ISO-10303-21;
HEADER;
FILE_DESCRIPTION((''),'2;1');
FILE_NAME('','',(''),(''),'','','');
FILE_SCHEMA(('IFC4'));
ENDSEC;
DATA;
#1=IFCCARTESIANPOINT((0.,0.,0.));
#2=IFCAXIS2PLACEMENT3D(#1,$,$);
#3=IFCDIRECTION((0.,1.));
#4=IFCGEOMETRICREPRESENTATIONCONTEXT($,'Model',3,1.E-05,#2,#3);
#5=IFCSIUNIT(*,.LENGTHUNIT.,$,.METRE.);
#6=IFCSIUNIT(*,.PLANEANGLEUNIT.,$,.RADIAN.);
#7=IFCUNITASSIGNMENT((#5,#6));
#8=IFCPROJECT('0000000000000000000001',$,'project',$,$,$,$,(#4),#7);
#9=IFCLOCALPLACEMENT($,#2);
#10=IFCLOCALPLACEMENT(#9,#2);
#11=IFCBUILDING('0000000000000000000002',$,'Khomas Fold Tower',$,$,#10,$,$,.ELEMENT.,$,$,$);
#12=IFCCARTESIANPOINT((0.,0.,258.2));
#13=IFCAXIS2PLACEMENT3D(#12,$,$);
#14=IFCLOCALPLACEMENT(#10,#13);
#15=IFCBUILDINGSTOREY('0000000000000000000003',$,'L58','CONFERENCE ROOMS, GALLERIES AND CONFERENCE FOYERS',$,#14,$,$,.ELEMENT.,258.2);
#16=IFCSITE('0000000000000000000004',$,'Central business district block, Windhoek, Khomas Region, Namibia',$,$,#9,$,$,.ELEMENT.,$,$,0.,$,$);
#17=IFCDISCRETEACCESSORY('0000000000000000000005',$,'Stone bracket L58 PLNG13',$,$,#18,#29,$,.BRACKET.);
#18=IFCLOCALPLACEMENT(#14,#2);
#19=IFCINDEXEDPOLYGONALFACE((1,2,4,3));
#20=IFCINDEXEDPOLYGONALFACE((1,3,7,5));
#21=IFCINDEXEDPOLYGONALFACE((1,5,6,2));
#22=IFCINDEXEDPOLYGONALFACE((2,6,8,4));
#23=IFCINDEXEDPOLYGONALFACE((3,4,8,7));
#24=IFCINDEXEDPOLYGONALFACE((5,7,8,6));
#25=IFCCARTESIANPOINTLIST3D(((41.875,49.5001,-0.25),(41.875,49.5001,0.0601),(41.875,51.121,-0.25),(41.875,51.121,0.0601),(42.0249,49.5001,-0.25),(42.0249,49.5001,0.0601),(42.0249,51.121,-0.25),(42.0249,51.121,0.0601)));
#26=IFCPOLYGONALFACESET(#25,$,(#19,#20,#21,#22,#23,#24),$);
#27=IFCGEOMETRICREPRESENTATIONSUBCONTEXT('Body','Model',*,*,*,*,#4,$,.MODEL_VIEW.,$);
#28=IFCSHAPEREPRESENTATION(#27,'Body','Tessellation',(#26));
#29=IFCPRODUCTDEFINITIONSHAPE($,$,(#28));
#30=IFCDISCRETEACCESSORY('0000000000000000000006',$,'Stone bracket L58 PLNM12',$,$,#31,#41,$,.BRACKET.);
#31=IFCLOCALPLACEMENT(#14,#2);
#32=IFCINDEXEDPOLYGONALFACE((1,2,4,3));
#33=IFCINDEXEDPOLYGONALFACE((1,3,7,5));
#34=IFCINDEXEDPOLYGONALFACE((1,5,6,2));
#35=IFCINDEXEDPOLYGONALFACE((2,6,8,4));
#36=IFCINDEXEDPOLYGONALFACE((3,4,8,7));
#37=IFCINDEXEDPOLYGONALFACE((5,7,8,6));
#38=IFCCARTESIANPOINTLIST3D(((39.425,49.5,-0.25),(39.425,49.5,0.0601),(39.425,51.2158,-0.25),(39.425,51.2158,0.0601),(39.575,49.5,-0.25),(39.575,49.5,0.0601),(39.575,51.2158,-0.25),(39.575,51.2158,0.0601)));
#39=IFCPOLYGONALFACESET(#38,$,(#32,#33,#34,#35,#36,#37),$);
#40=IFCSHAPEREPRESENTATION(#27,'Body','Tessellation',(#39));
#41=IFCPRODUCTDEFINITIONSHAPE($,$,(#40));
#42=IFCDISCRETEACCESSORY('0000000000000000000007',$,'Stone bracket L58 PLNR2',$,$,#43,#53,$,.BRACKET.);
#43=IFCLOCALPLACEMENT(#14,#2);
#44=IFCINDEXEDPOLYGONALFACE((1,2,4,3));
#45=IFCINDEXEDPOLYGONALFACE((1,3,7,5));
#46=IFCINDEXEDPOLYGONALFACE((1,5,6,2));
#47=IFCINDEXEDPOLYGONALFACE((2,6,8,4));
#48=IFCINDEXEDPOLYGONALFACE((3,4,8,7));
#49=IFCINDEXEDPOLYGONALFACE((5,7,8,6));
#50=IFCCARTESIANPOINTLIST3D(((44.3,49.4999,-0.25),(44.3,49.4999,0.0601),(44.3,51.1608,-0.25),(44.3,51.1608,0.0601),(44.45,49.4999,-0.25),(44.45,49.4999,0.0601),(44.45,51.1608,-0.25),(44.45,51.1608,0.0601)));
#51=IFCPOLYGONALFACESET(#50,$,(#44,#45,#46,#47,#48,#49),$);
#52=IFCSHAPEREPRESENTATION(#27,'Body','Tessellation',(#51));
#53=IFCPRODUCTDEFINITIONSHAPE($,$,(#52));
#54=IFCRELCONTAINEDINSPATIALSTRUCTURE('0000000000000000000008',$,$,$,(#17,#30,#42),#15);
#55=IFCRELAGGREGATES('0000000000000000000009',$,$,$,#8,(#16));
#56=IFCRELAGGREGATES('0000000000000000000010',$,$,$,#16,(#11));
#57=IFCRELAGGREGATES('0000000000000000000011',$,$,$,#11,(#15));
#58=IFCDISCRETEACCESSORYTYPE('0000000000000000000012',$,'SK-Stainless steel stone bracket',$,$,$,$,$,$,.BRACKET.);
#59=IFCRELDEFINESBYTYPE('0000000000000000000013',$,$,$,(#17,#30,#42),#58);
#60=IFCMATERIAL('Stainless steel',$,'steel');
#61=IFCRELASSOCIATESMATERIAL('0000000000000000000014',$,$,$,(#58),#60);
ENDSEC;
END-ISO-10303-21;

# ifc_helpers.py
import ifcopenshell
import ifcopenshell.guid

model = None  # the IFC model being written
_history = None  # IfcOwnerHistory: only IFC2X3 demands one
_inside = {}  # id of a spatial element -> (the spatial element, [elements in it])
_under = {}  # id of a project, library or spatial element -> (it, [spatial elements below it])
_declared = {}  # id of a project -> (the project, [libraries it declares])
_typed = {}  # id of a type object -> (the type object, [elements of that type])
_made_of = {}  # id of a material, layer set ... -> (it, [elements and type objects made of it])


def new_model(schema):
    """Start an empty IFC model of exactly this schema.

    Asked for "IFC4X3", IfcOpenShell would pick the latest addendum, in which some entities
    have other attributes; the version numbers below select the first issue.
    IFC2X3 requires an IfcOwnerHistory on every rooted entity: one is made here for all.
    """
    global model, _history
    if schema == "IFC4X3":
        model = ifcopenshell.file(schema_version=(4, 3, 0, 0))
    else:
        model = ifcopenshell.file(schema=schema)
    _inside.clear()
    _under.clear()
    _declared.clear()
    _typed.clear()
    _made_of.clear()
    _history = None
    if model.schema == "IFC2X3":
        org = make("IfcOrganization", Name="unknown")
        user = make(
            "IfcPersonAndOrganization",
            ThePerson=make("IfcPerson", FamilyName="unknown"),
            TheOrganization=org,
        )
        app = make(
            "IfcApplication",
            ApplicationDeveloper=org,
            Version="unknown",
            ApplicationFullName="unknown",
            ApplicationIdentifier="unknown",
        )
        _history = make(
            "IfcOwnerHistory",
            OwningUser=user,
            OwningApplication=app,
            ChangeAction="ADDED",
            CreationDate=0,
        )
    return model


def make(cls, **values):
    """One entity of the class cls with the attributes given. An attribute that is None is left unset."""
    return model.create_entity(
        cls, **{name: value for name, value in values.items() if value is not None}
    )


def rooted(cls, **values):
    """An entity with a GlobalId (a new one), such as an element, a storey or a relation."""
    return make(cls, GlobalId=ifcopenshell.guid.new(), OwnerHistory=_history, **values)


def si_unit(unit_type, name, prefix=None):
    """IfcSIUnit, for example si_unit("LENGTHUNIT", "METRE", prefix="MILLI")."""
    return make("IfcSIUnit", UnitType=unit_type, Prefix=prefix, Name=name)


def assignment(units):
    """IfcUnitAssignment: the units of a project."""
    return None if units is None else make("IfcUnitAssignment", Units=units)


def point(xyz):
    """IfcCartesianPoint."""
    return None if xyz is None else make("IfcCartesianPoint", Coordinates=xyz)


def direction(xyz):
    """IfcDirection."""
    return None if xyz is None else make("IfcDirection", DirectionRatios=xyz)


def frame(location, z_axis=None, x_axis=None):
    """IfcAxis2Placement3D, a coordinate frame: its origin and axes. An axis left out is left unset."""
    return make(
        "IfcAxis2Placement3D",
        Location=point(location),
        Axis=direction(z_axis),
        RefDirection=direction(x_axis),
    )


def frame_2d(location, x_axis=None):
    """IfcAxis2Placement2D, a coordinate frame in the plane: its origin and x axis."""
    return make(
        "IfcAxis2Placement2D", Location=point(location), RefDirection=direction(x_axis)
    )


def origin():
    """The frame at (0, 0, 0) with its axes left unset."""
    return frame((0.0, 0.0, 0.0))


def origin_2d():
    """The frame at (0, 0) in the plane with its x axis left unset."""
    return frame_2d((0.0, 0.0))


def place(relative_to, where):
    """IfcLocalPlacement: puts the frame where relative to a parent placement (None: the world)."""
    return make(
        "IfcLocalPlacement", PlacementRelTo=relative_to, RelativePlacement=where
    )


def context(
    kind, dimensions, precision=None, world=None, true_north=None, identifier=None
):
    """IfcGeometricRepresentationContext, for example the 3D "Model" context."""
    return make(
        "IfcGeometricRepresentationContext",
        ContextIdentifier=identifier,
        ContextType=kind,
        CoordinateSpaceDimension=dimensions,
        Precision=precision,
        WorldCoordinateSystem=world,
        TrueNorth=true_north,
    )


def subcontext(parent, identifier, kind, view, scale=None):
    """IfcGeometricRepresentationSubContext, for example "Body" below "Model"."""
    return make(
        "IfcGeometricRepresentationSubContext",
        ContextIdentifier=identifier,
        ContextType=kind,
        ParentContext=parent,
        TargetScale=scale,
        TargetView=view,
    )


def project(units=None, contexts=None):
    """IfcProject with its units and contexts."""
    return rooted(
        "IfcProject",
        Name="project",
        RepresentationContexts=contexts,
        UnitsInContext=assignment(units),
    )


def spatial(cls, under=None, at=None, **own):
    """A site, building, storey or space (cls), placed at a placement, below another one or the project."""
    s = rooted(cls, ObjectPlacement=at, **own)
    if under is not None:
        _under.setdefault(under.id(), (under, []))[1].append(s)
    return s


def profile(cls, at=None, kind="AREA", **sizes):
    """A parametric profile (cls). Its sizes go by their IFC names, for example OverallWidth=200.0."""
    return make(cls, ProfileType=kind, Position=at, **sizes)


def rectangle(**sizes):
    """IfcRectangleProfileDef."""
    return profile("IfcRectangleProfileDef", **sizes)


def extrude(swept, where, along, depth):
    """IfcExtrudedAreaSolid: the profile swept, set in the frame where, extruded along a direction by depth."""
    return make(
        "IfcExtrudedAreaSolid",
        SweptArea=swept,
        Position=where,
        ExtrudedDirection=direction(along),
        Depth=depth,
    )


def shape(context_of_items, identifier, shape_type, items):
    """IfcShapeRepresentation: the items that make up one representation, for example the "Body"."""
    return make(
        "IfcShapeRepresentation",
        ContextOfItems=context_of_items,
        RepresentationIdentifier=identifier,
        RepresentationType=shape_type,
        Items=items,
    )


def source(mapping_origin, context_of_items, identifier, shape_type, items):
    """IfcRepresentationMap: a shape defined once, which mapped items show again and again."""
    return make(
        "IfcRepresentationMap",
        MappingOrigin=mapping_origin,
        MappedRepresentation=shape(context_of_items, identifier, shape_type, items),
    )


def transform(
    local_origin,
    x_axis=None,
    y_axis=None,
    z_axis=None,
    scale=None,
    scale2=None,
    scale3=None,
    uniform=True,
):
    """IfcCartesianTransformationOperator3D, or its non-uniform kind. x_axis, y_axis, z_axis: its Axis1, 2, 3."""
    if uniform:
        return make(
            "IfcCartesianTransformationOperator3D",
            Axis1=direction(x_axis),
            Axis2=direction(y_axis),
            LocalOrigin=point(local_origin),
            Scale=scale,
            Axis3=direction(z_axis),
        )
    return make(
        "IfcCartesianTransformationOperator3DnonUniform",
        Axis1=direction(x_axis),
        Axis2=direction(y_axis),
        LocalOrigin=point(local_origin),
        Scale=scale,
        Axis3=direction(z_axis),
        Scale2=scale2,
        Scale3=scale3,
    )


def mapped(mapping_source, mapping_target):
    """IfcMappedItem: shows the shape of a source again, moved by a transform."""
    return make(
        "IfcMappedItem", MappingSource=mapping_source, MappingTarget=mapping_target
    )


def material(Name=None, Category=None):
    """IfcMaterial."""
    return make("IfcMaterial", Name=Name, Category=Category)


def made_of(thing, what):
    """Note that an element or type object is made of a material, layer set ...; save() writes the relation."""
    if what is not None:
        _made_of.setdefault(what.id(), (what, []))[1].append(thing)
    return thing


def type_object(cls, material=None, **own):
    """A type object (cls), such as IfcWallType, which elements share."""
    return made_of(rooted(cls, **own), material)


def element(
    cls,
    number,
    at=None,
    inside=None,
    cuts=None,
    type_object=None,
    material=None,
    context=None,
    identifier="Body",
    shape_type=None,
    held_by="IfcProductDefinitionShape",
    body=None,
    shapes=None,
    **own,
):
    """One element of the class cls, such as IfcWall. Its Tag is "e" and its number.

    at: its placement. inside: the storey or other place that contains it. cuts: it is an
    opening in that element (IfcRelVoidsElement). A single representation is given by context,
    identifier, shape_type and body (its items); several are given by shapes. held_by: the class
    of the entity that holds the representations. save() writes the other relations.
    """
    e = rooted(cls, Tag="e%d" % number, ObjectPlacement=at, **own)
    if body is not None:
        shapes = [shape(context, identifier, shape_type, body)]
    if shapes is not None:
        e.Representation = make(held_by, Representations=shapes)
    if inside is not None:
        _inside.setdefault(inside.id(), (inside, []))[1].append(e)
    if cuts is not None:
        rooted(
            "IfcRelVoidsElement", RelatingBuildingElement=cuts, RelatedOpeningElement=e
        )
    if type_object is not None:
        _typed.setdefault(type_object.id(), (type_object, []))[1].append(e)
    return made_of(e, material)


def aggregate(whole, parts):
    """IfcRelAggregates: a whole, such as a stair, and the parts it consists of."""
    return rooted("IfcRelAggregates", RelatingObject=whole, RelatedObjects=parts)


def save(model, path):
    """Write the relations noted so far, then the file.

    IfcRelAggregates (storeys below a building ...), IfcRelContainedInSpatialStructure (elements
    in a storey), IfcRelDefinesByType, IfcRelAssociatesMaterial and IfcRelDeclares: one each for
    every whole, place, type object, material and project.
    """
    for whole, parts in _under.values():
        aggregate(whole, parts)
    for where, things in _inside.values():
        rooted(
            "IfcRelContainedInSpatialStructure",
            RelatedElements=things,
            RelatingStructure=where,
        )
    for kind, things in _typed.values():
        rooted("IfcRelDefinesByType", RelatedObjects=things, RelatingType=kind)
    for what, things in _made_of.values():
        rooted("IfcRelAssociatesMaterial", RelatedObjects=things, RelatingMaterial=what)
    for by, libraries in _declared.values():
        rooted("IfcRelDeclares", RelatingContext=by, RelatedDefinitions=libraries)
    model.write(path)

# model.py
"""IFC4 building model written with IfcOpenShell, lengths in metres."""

from ifc_helpers import new_model, si_unit, direction, frame, origin, origin_2d, place, context, subcontext, project, spatial, rectangle, extrude, source, transform, mapped, material, type_object, element, save


model = new_model("IFC4")

# Units and contexts
model_context = context("Model", 3, precision=1e-05, world=origin(), true_north=direction((0.0, 1.0)))
body_context = subcontext(model_context, "Body", "Model", "MODEL_VIEW")
ifc_project = project(units=[si_unit("LENGTHUNIT", "METRE"), si_unit("PLANEANGLEUNIT", "RADIAN")], contexts=[model_context])

# Site, building, storey
site_placement = place(None, origin())
site = spatial("IfcSite", under=ifc_project, at=site_placement, Name="Central business district block, Windhoek, Khomas Region, Namibia", CompositionType="ELEMENT", RefElevation=0.0)
building_placement = place(site_placement, origin())
building = spatial("IfcBuilding", under=site, at=building_placement, Name="Khomas Fold Tower", CompositionType="ELEMENT")
storey_placement = place(building_placement, frame((0.0, 0.0, 258.2)))
storey = spatial("IfcBuildingStorey", under=building, at=storey_placement, Name="L58", Description="CONFERENCE ROOMS, GALLERIES AND CONFERENCE FOYERS", CompositionType="ELEMENT", Elevation=258.2)

# Discrete accessories
ifc_material_1 = material(Name="Stainless steel", Category="steel")
discrete_accessory_type = type_object("IfcDiscreteAccessoryType", Name="SK-Stainless steel stone bracket", PredefinedType="BRACKET", material=ifc_material_1)
shared_shape_1 = source(origin(), body_context, "Body", "SweptSolid", [
    extrude(rectangle(XDim=1.6208, YDim=0.1499, at=origin_2d()), origin(), (0.0, 0.0, 1.0), 0.3101),
])
discrete_accessory_1_placement = place(storey_placement, frame((41.95, 50.3105, -0.25), z_axis=(0.0, 0.0, 1.0), x_axis=(0.0, 1.0, 0.0)))
element("IfcDiscreteAccessory", 1, at=discrete_accessory_1_placement, inside=storey, type_object=discrete_accessory_type, Name="Stone bracket L58 PLNG13", PredefinedType="BRACKET", context=body_context, shape_type="MappedRepresentation", body=[
    mapped(shared_shape_1, transform((0.0, 0.0, 0.0))),
])
shared_shape_2 = source(origin(), body_context, "Body", "SweptSolid", [
    extrude(rectangle(XDim=1.7158, YDim=0.1499, at=origin_2d()), origin(), (0.0, 0.0, 1.0), 0.3101),
])
discrete_accessory_2_placement = place(storey_placement, frame((39.5, 50.3579, -0.25), z_axis=(0.0, 0.0, 1.0), x_axis=(0.0, 1.0, 0.0)))
element("IfcDiscreteAccessory", 2, at=discrete_accessory_2_placement, inside=storey, type_object=discrete_accessory_type, Name="Stone bracket L58 PLNM12", PredefinedType="BRACKET", context=body_context, shape_type="MappedRepresentation", body=[
    mapped(shared_shape_2, transform((0.0, 0.0, 0.0))),
])
shared_shape_3 = source(origin(), body_context, "Body", "SweptSolid", [
    extrude(rectangle(XDim=1.6609, YDim=0.1499, at=origin_2d()), origin(), (0.0, 0.0, 1.0), 0.3101),
])
discrete_accessory_3_placement = place(storey_placement, frame((44.375, 50.3303, -0.25), z_axis=(0.0, 0.0, 1.0), x_axis=(0.0, 1.0, 0.0)))
element("IfcDiscreteAccessory", 3, at=discrete_accessory_3_placement, inside=storey, type_object=discrete_accessory_type, Name="Stone bracket L58 PLNR2", PredefinedType="BRACKET", context=body_context, shape_type="MappedRepresentation", body=[
    mapped(shared_shape_3, transform((0.0, 0.0, 0.0))),
])

save(model, "model.ifc")
